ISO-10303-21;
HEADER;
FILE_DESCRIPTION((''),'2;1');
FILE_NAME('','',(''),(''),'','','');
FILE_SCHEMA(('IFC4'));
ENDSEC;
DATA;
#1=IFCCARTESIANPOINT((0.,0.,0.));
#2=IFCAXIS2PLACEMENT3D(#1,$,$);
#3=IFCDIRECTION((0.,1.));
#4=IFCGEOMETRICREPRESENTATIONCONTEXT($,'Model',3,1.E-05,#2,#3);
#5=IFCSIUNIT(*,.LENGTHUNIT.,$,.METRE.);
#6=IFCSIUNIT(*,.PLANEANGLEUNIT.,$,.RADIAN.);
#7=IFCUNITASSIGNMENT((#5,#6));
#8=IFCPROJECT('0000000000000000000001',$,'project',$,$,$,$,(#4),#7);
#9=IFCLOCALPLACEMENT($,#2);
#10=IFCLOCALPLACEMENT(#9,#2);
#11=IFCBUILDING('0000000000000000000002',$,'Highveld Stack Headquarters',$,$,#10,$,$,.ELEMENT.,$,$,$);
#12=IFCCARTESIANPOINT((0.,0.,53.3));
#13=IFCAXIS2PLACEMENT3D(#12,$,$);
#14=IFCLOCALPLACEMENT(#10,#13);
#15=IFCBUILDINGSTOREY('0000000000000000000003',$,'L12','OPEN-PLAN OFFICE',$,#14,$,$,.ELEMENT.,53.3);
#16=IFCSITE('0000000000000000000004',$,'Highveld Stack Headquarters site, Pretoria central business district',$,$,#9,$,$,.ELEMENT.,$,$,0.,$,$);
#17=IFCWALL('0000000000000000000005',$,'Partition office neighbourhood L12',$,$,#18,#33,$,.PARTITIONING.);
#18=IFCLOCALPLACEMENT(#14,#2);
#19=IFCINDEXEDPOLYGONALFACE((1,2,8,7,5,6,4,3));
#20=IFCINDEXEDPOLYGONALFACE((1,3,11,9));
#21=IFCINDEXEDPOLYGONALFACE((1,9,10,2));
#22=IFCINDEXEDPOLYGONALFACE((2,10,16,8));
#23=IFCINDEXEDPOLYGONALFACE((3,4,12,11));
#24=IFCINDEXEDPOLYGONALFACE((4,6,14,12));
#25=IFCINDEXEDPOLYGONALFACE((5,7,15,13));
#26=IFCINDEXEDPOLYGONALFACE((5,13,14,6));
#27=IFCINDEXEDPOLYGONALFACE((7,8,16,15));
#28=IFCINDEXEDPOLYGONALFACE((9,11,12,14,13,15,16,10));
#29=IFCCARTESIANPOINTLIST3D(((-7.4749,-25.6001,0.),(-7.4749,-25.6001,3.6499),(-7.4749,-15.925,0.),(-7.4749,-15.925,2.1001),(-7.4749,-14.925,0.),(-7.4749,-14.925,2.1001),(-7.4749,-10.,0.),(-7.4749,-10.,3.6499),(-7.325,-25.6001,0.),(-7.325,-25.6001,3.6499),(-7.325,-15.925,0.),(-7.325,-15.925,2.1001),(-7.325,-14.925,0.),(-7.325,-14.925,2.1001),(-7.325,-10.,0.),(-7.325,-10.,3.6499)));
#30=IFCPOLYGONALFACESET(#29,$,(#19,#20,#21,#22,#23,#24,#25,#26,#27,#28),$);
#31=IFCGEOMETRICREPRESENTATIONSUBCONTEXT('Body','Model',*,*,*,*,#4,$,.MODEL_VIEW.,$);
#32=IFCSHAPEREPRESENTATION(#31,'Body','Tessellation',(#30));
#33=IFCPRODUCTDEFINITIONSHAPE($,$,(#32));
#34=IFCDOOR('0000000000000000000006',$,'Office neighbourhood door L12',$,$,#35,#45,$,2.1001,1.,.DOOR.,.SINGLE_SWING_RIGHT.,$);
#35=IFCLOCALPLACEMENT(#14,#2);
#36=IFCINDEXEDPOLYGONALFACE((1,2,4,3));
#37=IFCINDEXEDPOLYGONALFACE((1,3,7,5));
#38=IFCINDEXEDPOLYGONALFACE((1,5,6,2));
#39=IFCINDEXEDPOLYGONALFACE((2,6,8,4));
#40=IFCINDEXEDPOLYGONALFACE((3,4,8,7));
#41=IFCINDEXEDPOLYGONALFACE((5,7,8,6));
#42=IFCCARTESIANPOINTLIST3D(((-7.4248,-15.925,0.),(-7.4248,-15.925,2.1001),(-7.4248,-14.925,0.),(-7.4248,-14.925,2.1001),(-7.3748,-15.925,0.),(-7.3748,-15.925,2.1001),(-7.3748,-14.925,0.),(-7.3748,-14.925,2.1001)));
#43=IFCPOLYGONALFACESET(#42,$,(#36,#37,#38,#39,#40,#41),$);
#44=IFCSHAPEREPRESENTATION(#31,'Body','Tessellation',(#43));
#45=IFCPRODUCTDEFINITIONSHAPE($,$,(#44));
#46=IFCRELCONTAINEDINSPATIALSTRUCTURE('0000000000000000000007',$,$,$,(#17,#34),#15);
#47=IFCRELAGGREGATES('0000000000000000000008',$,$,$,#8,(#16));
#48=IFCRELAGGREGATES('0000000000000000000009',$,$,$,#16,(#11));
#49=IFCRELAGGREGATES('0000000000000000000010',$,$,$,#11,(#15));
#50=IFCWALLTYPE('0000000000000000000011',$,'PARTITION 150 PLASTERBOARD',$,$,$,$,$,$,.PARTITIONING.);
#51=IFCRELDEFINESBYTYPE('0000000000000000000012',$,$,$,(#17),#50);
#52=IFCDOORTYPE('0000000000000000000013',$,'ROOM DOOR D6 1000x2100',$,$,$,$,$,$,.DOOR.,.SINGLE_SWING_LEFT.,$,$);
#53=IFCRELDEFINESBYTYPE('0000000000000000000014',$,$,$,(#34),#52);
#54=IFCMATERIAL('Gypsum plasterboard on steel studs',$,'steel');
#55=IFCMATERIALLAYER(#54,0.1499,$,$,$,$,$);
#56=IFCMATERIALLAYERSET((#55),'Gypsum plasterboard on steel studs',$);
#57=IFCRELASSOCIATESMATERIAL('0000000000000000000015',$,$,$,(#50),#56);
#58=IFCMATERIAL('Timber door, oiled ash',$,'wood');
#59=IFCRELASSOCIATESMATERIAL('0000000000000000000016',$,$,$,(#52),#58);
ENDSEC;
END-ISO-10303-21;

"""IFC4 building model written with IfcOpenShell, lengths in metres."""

from ifc_helpers import new_model, si_unit, direction, frame, frame_2d, origin, place, context, subcontext, project, spatial, rectangle, extrude, material, layer, layer_set, type_object, element, fill, save


model = new_model("IFC4")

# Units and contexts
model_context = context("Model", 3, precision=1e-05, world=origin(), true_north=direction((0.0, 1.0)))
body_context = subcontext(model_context, "Body", "Model", "MODEL_VIEW")
ifc_project = project(units=[si_unit("LENGTHUNIT", "METRE"), si_unit("PLANEANGLEUNIT", "RADIAN")], contexts=[model_context])

# Site, building, storey
site_placement = place(None, origin())
site = spatial("IfcSite", under=ifc_project, at=site_placement, Name="Highveld Stack Headquarters site, Pretoria central business district", CompositionType="ELEMENT", RefElevation=0.0)
building_placement = place(site_placement, origin())
building = spatial("IfcBuilding", under=site, at=building_placement, Name="Highveld Stack Headquarters", CompositionType="ELEMENT")
storey_placement = place(building_placement, frame((0.0, 0.0, 53.3)))
storey = spatial("IfcBuildingStorey", under=building, at=storey_placement, Name="L12", Description="OPEN-PLAN OFFICE", CompositionType="ELEMENT", Elevation=53.3)

# Shared definitions
ifc_material_1 = material(Name="Gypsum plasterboard on steel studs", Category="steel")
ifc_layer_1 = layer(ifc_material_1, 0.1499)
ifc_layer_set_1 = layer_set([ifc_layer_1], Name="Gypsum plasterboard on steel studs")
wall_type = type_object("IfcWallType", Name="PARTITION 150 PLASTERBOARD", PredefinedType="PARTITIONING", material=ifc_layer_set_1)

# Wall, opening, door
ifc_material_2 = material(Name="Timber door, oiled ash", Category="wood")
door_type = type_object("IfcDoorType", Name="ROOM DOOR D6 1000x2100", OperationType="SINGLE_SWING_LEFT", PredefinedType="DOOR", material=ifc_material_2)
wall_1_placement = place(storey_placement, frame((-7.3999, -25.6001, 0.0), z_axis=(0.0, 0.0, 1.0), x_axis=(0.0, 1.0, 0.0)))
wall_1 = element("IfcWall", 1, at=wall_1_placement, inside=storey, type_object=wall_type, Name="Partition office neighbourhood L12", PredefinedType="PARTITIONING", context=body_context, shape_type="SweptSolid", body=[
    extrude(rectangle(XDim=15.6001, YDim=0.1499, at=frame_2d((7.8, 0.0))), origin(), (0.0, 0.0, 1.0), 3.6499),
])
opening_1_placement = place(wall_1_placement, frame((9.675, 0.0, 0.0)))
opening_1 = element("IfcOpeningElement", 2, at=opening_1_placement, cuts=wall_1, PredefinedType="OPENING", context=body_context, shape_type="SweptSolid", body=[
    extrude(rectangle(XDim=1.0, YDim=2.1001, at=frame_2d((0.5, 1.05))), frame((0.0, 0.085, 0.0), z_axis=(0.0, -1.0, 0.0), x_axis=(1.0, 0.0, 0.0)), (0.0, 0.0, 1.0), 0.1699),
])
door_1_placement = place(opening_1_placement, origin())
door_1 = element("IfcDoor", 3, at=door_1_placement, inside=storey, type_object=door_type, Name="Office neighbourhood door L12", OperationType="SINGLE_SWING_RIGHT", OverallHeight=2.1001, OverallWidth=1.0, PredefinedType="DOOR", context=body_context, shape_type="SweptSolid", body=[
    extrude(rectangle(XDim=1.0, YDim=2.1001, at=frame_2d((0.5, 1.05))), frame((0.0, 0.0249, 0.0), z_axis=(0.0, -1.0, 0.0), x_axis=(1.0, 0.0, 0.0)), (0.0, 0.0, 1.0), 0.05),
])
fill(opening_1, door_1)

save(model, "model.ifc")
